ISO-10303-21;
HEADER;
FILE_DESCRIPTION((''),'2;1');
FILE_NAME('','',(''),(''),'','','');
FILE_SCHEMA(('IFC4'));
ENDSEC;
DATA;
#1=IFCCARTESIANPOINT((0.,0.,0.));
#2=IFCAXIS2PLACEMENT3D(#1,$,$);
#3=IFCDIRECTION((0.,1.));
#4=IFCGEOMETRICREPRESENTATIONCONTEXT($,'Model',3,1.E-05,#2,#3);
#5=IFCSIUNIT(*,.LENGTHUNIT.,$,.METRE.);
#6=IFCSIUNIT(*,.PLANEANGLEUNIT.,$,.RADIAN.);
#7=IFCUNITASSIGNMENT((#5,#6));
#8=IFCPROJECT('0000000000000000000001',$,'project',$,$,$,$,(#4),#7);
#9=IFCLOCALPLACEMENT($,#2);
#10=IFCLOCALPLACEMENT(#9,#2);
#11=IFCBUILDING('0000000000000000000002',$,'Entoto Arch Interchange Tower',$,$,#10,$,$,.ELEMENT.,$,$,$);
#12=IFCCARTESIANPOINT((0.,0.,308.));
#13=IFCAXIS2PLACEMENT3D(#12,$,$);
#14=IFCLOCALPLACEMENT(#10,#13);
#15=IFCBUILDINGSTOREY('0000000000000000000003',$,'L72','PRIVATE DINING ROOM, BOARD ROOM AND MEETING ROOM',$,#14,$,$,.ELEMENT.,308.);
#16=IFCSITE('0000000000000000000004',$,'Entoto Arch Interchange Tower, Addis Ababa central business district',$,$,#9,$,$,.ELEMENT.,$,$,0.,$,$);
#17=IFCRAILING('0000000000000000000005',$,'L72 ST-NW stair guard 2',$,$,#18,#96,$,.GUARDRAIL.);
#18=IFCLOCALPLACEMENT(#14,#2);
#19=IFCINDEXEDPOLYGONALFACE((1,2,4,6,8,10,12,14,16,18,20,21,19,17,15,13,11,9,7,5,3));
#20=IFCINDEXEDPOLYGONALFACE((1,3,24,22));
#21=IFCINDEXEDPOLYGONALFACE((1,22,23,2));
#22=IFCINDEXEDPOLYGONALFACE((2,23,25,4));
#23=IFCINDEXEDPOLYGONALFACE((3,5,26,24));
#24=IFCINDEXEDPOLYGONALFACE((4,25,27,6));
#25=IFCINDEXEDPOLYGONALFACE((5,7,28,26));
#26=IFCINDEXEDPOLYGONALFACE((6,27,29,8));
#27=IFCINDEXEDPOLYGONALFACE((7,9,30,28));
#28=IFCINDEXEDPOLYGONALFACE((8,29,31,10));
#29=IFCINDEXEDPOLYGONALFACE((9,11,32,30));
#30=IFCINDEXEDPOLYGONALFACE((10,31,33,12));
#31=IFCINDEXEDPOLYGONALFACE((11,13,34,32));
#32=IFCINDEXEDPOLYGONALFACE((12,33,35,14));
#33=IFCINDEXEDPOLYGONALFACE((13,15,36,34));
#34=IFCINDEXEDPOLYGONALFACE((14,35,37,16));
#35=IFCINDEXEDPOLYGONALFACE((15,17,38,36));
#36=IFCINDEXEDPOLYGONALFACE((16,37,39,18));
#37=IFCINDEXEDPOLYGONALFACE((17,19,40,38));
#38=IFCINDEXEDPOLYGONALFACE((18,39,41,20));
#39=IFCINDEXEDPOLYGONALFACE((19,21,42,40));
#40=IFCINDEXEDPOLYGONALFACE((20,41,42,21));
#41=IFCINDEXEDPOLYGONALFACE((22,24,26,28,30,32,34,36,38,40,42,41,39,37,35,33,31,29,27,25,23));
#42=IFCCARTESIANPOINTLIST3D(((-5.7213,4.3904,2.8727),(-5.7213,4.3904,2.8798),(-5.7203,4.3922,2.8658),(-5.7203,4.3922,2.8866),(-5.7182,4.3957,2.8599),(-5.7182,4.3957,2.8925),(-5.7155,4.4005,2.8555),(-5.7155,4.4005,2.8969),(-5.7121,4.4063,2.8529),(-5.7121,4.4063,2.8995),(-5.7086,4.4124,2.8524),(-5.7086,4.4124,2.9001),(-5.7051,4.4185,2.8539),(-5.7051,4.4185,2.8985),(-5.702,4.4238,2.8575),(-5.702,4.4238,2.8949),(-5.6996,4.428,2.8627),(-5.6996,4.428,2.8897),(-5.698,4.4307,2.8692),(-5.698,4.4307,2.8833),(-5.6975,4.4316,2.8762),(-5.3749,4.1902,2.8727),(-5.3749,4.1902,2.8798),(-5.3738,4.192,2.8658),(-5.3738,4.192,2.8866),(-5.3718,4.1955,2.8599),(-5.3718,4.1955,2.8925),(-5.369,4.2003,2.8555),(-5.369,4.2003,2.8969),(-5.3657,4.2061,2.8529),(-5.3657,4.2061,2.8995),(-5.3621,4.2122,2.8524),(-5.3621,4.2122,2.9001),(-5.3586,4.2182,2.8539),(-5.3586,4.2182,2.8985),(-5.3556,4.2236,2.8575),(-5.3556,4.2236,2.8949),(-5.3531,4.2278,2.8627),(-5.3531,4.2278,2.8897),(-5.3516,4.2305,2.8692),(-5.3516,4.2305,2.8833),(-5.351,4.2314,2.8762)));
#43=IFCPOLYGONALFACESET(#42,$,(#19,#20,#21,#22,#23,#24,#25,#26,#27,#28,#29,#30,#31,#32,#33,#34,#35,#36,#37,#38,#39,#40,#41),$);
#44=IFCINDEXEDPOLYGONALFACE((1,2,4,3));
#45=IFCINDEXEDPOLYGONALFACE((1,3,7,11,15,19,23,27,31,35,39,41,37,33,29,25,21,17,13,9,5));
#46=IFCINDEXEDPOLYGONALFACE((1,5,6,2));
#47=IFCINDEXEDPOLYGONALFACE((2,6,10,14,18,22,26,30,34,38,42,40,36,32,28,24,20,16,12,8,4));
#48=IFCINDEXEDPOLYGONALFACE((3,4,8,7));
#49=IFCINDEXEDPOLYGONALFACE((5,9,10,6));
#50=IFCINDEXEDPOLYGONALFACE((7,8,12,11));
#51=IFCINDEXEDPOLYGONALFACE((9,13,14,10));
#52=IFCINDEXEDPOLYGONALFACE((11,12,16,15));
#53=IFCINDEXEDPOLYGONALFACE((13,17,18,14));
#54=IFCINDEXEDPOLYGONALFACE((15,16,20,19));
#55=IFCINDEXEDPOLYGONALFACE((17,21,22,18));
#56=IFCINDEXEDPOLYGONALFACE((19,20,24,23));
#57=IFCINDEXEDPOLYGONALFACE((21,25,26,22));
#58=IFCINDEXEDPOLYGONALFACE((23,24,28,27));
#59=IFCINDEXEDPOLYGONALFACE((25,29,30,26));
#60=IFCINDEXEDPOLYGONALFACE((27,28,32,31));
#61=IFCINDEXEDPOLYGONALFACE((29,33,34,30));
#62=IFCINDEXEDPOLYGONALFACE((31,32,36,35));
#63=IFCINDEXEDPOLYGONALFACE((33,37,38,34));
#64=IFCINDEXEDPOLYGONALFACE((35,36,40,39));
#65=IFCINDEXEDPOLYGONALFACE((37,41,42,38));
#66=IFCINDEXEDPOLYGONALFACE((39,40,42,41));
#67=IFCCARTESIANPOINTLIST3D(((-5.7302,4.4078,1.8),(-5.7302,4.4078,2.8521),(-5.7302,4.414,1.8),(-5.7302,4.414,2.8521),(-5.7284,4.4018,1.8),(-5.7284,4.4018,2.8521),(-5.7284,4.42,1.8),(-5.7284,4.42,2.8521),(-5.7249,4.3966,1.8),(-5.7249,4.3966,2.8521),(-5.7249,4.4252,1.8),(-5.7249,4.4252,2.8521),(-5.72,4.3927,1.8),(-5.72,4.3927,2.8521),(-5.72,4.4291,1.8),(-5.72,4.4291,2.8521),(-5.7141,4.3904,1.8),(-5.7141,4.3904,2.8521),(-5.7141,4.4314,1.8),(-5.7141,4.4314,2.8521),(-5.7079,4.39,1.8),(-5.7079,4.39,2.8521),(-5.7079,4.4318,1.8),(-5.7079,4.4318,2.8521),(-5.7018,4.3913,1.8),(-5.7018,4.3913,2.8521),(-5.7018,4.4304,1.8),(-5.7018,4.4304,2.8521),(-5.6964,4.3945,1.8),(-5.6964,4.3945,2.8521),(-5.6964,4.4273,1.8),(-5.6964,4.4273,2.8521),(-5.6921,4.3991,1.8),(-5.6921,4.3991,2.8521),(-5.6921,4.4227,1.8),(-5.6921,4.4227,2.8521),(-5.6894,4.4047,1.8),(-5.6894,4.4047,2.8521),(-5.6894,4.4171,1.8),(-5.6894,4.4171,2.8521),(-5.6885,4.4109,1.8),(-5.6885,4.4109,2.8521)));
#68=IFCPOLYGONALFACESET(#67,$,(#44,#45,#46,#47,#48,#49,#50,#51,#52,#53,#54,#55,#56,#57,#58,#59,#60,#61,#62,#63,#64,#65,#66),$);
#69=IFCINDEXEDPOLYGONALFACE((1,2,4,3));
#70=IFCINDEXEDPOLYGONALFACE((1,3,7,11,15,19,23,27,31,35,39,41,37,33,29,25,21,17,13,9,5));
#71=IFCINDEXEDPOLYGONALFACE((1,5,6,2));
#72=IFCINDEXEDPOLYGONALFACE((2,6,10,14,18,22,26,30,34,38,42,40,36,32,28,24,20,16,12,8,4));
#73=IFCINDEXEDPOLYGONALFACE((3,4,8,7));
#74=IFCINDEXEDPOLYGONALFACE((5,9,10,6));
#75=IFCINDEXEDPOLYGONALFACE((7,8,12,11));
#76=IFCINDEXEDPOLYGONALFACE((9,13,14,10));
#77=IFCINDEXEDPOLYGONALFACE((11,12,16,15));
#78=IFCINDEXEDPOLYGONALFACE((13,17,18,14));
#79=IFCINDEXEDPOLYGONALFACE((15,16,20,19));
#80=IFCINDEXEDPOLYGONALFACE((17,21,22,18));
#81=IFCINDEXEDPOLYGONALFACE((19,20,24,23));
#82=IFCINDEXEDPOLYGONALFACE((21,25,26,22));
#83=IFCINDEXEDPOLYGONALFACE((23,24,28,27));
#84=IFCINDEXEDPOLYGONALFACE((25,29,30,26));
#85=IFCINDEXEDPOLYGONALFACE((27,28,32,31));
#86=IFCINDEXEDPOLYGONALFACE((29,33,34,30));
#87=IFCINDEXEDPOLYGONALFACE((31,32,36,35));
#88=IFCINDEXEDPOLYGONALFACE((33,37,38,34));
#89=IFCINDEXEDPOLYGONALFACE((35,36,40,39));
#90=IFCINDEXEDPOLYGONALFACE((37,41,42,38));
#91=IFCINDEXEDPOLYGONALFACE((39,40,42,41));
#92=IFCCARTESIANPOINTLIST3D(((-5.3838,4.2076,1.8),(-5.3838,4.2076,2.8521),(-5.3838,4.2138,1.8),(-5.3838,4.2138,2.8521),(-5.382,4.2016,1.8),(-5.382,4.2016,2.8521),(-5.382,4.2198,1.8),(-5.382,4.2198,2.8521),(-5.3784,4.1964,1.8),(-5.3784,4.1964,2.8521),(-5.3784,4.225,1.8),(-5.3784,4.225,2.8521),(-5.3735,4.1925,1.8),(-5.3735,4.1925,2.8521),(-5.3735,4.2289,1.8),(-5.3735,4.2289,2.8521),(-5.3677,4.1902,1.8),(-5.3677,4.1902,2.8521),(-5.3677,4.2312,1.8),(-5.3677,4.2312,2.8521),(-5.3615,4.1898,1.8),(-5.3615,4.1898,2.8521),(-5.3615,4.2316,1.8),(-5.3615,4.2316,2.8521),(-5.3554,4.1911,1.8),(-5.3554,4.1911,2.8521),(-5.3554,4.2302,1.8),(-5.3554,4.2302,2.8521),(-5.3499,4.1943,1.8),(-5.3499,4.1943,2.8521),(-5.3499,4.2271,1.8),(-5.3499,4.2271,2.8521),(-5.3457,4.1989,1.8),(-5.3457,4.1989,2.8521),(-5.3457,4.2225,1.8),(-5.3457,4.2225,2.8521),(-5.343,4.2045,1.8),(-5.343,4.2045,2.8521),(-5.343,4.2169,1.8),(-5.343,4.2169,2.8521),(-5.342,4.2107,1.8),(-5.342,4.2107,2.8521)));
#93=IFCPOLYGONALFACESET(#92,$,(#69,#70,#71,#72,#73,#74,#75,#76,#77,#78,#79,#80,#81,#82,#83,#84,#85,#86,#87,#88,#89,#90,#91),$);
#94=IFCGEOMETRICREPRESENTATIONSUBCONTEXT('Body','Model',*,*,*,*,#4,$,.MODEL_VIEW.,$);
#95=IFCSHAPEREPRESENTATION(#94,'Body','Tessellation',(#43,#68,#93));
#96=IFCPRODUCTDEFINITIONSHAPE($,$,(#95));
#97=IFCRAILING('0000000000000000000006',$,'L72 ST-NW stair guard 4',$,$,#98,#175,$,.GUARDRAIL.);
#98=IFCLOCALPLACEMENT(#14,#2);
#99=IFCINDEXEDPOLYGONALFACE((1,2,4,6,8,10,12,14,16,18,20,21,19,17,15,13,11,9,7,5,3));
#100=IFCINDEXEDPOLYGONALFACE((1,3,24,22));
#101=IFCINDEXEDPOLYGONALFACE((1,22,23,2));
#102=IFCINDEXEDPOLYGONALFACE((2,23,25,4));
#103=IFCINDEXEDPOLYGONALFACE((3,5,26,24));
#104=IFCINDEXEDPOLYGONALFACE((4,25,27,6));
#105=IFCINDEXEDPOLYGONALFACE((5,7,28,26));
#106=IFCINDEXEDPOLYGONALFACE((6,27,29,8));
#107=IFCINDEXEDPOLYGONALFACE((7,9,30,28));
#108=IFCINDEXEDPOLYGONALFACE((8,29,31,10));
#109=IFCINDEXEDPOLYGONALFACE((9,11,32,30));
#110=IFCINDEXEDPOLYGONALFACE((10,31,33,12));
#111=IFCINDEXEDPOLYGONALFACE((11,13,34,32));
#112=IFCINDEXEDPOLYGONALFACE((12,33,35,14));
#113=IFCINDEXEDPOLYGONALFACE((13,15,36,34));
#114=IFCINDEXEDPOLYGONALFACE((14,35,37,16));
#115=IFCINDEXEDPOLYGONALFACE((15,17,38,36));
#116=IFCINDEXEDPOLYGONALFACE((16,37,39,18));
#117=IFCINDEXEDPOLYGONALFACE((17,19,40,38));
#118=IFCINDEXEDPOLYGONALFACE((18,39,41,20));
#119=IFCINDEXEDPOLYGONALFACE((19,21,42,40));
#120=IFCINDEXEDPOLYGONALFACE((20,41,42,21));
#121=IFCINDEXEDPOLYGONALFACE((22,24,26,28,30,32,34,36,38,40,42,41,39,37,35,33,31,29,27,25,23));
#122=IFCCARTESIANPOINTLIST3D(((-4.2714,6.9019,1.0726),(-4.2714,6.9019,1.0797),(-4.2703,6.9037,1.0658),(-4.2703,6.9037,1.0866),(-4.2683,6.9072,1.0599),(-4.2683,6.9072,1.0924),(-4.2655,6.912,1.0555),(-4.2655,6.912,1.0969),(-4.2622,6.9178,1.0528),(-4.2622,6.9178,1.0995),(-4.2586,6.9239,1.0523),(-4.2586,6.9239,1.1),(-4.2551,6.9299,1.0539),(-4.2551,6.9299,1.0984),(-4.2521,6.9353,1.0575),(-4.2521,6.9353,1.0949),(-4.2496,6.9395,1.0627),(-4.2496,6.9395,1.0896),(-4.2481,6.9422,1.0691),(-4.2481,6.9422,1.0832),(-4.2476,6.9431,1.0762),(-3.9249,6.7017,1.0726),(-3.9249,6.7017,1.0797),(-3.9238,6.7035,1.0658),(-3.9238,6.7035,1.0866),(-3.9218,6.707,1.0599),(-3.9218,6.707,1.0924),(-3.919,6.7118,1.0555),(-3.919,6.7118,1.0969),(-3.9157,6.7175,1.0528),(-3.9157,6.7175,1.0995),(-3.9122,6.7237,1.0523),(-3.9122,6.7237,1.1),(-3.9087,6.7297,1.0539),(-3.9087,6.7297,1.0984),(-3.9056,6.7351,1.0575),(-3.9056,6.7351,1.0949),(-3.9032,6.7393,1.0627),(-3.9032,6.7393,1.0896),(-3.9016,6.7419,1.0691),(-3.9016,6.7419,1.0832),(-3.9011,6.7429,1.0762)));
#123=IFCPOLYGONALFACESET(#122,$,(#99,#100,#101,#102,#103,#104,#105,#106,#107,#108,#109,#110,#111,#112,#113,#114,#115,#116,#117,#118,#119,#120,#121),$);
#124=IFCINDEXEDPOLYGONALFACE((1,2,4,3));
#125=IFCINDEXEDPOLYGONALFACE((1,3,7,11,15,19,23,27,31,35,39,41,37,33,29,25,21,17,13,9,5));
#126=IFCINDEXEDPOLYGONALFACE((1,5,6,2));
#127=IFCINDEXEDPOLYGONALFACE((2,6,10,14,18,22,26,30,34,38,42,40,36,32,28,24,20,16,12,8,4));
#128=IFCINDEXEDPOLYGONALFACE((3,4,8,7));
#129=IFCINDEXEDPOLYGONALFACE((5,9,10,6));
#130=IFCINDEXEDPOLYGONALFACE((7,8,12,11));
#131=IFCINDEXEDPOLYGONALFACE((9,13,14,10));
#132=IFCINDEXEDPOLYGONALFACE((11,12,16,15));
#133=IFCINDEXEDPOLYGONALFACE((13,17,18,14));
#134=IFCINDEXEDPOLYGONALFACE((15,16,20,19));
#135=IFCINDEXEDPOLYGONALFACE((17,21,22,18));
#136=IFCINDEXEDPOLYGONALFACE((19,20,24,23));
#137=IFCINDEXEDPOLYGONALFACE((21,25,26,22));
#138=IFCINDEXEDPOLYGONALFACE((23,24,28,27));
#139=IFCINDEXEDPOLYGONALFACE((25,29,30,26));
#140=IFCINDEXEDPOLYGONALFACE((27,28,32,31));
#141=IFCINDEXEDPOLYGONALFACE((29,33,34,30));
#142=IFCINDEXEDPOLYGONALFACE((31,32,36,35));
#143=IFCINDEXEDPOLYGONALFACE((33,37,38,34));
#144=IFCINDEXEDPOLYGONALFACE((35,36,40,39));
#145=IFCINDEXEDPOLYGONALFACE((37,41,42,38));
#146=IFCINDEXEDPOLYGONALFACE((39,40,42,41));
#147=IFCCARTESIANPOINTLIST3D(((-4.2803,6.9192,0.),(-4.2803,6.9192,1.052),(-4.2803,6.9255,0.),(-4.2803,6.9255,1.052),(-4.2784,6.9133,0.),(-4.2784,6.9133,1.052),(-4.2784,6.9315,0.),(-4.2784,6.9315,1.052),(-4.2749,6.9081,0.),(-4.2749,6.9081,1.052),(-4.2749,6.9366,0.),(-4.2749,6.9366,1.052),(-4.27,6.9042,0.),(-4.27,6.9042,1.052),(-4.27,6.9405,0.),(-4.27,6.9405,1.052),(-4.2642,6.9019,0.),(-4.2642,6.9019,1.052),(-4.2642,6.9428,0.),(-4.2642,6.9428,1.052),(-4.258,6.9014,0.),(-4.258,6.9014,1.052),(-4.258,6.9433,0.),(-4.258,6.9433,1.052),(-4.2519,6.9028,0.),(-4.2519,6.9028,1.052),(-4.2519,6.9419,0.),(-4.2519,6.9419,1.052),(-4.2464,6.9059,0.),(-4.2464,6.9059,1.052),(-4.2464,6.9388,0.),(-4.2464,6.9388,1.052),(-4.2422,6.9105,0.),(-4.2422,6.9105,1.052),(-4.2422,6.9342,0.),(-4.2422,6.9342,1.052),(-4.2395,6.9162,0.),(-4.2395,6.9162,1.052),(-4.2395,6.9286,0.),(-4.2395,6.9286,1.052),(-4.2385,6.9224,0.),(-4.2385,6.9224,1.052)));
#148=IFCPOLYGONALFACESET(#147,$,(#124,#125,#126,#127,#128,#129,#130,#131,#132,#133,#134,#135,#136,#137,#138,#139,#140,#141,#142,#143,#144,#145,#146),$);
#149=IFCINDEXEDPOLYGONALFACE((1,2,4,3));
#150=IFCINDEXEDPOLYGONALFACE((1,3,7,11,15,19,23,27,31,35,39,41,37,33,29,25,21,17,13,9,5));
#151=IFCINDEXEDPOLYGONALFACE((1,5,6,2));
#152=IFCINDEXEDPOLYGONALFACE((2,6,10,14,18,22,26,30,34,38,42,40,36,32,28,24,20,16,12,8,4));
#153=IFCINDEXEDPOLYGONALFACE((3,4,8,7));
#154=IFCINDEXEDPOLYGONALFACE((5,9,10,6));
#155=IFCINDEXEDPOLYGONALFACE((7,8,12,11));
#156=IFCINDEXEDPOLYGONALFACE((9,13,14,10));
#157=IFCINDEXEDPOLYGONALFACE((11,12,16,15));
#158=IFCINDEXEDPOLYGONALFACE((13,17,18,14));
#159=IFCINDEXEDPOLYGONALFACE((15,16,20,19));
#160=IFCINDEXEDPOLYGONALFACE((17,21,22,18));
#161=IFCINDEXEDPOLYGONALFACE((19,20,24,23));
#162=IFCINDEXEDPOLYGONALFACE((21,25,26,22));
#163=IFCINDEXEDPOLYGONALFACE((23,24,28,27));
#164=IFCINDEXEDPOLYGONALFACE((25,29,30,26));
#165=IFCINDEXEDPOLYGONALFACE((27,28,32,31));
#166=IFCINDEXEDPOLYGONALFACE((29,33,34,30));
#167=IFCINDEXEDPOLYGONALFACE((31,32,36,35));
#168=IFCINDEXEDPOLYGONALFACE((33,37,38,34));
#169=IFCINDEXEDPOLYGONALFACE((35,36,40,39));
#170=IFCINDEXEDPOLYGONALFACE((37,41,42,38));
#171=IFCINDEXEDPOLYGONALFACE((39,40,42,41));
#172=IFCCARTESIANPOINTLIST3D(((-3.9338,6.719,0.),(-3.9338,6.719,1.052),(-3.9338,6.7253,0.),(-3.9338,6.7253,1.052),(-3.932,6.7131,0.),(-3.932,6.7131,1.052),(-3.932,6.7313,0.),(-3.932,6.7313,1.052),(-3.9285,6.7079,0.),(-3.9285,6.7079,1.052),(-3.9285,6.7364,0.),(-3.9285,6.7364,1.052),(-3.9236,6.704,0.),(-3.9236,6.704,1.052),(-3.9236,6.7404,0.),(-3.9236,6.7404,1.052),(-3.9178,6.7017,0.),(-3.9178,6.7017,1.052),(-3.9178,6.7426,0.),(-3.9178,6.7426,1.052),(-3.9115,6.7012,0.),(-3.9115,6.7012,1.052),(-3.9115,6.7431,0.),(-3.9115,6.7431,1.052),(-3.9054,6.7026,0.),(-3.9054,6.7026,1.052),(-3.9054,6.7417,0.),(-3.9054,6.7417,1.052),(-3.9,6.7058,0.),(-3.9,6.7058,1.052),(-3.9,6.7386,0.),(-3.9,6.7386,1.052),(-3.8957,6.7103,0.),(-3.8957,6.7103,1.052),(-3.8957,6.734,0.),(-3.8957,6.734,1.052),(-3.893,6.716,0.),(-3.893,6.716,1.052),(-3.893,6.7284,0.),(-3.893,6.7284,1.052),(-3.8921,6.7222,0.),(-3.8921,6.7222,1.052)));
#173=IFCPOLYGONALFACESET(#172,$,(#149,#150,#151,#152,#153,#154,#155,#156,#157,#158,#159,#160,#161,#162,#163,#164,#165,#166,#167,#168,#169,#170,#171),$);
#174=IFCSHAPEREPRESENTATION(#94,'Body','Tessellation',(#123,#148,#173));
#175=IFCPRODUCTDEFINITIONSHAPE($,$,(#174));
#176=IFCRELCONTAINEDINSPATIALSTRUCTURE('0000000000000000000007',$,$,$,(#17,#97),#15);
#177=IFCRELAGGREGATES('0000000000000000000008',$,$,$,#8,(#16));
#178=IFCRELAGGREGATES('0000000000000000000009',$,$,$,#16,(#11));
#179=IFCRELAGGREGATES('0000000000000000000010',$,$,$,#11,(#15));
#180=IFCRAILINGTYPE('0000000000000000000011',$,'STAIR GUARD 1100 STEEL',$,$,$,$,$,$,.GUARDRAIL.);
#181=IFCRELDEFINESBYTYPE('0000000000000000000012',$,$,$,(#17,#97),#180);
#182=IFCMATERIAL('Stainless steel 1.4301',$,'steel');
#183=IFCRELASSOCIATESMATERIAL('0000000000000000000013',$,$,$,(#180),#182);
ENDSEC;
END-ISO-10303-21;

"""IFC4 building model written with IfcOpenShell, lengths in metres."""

from ifc_helpers import new_model, si_unit, direction, frame, origin, origin_2d, place, context, subcontext, project, spatial, circle, extrude, material, type_object, element, save


model = new_model("IFC4")

# Units and contexts
model_context = context("Model", 3, precision=1e-05, world=origin(), true_north=direction((0.0, 1.0)))
body_context = subcontext(model_context, "Body", "Model", "MODEL_VIEW")
ifc_project = project(units=[si_unit("LENGTHUNIT", "METRE"), si_unit("PLANEANGLEUNIT", "RADIAN")], contexts=[model_context])

# Site, building, storey
site_placement = place(None, origin())
site = spatial("IfcSite", under=ifc_project, at=site_placement, Name="Entoto Arch Interchange Tower, Addis Ababa central business district", CompositionType="ELEMENT", RefElevation=0.0)
building_placement = place(site_placement, origin())
building = spatial("IfcBuilding", under=site, at=building_placement, Name="Entoto Arch Interchange Tower", CompositionType="ELEMENT")
storey_placement = place(building_placement, frame((0.0, 0.0, 308.0)))
storey = spatial("IfcBuildingStorey", under=building, at=storey_placement, Name="L72", Description="PRIVATE DINING ROOM, BOARD ROOM AND MEETING ROOM", CompositionType="ELEMENT", Elevation=308.0)

# Railings
ifc_material_1 = material(Name="Stainless steel 1.4301", Category="steel")
railing_type_1 = type_object("IfcRailingType", Name="STAIR GUARD 1100 STEEL", PredefinedType="GUARDRAIL", material=ifc_material_1)
for number, where, name in (
    (1, (-5.7095, 4.4109, 1.8), "L72 ST-NW stair guard 2"),
    (2, (-4.2595, 6.9224, 0.0), "L72 ST-NW stair guard 4"),
):
    element("IfcRailing", number, at=place(storey_placement, frame(where)), inside=storey, type_object=railing_type_1, Name=name, PredefinedType="GUARDRAIL", context=body_context, shape_type="SweptSolid", body=[
        extrude(circle(Radius=0.0239, at=origin_2d()), frame((0.0, 0.0, 1.0762), z_axis=(0.86583, -0.500339, 0.0), x_axis=(0.500339, 0.86583, 0.0)), (0.0, 0.0, 1.0), 0.4001),
        extrude(circle(Radius=0.021, at=origin_2d()), origin(), (0.0, 0.0, 1.0), 1.052),
        extrude(circle(Radius=0.021, at=origin_2d()), frame((0.3464, -0.2002, 0.0)), (0.0, 0.0, 1.0), 1.052),
    ])

save(model, "model.ifc")
